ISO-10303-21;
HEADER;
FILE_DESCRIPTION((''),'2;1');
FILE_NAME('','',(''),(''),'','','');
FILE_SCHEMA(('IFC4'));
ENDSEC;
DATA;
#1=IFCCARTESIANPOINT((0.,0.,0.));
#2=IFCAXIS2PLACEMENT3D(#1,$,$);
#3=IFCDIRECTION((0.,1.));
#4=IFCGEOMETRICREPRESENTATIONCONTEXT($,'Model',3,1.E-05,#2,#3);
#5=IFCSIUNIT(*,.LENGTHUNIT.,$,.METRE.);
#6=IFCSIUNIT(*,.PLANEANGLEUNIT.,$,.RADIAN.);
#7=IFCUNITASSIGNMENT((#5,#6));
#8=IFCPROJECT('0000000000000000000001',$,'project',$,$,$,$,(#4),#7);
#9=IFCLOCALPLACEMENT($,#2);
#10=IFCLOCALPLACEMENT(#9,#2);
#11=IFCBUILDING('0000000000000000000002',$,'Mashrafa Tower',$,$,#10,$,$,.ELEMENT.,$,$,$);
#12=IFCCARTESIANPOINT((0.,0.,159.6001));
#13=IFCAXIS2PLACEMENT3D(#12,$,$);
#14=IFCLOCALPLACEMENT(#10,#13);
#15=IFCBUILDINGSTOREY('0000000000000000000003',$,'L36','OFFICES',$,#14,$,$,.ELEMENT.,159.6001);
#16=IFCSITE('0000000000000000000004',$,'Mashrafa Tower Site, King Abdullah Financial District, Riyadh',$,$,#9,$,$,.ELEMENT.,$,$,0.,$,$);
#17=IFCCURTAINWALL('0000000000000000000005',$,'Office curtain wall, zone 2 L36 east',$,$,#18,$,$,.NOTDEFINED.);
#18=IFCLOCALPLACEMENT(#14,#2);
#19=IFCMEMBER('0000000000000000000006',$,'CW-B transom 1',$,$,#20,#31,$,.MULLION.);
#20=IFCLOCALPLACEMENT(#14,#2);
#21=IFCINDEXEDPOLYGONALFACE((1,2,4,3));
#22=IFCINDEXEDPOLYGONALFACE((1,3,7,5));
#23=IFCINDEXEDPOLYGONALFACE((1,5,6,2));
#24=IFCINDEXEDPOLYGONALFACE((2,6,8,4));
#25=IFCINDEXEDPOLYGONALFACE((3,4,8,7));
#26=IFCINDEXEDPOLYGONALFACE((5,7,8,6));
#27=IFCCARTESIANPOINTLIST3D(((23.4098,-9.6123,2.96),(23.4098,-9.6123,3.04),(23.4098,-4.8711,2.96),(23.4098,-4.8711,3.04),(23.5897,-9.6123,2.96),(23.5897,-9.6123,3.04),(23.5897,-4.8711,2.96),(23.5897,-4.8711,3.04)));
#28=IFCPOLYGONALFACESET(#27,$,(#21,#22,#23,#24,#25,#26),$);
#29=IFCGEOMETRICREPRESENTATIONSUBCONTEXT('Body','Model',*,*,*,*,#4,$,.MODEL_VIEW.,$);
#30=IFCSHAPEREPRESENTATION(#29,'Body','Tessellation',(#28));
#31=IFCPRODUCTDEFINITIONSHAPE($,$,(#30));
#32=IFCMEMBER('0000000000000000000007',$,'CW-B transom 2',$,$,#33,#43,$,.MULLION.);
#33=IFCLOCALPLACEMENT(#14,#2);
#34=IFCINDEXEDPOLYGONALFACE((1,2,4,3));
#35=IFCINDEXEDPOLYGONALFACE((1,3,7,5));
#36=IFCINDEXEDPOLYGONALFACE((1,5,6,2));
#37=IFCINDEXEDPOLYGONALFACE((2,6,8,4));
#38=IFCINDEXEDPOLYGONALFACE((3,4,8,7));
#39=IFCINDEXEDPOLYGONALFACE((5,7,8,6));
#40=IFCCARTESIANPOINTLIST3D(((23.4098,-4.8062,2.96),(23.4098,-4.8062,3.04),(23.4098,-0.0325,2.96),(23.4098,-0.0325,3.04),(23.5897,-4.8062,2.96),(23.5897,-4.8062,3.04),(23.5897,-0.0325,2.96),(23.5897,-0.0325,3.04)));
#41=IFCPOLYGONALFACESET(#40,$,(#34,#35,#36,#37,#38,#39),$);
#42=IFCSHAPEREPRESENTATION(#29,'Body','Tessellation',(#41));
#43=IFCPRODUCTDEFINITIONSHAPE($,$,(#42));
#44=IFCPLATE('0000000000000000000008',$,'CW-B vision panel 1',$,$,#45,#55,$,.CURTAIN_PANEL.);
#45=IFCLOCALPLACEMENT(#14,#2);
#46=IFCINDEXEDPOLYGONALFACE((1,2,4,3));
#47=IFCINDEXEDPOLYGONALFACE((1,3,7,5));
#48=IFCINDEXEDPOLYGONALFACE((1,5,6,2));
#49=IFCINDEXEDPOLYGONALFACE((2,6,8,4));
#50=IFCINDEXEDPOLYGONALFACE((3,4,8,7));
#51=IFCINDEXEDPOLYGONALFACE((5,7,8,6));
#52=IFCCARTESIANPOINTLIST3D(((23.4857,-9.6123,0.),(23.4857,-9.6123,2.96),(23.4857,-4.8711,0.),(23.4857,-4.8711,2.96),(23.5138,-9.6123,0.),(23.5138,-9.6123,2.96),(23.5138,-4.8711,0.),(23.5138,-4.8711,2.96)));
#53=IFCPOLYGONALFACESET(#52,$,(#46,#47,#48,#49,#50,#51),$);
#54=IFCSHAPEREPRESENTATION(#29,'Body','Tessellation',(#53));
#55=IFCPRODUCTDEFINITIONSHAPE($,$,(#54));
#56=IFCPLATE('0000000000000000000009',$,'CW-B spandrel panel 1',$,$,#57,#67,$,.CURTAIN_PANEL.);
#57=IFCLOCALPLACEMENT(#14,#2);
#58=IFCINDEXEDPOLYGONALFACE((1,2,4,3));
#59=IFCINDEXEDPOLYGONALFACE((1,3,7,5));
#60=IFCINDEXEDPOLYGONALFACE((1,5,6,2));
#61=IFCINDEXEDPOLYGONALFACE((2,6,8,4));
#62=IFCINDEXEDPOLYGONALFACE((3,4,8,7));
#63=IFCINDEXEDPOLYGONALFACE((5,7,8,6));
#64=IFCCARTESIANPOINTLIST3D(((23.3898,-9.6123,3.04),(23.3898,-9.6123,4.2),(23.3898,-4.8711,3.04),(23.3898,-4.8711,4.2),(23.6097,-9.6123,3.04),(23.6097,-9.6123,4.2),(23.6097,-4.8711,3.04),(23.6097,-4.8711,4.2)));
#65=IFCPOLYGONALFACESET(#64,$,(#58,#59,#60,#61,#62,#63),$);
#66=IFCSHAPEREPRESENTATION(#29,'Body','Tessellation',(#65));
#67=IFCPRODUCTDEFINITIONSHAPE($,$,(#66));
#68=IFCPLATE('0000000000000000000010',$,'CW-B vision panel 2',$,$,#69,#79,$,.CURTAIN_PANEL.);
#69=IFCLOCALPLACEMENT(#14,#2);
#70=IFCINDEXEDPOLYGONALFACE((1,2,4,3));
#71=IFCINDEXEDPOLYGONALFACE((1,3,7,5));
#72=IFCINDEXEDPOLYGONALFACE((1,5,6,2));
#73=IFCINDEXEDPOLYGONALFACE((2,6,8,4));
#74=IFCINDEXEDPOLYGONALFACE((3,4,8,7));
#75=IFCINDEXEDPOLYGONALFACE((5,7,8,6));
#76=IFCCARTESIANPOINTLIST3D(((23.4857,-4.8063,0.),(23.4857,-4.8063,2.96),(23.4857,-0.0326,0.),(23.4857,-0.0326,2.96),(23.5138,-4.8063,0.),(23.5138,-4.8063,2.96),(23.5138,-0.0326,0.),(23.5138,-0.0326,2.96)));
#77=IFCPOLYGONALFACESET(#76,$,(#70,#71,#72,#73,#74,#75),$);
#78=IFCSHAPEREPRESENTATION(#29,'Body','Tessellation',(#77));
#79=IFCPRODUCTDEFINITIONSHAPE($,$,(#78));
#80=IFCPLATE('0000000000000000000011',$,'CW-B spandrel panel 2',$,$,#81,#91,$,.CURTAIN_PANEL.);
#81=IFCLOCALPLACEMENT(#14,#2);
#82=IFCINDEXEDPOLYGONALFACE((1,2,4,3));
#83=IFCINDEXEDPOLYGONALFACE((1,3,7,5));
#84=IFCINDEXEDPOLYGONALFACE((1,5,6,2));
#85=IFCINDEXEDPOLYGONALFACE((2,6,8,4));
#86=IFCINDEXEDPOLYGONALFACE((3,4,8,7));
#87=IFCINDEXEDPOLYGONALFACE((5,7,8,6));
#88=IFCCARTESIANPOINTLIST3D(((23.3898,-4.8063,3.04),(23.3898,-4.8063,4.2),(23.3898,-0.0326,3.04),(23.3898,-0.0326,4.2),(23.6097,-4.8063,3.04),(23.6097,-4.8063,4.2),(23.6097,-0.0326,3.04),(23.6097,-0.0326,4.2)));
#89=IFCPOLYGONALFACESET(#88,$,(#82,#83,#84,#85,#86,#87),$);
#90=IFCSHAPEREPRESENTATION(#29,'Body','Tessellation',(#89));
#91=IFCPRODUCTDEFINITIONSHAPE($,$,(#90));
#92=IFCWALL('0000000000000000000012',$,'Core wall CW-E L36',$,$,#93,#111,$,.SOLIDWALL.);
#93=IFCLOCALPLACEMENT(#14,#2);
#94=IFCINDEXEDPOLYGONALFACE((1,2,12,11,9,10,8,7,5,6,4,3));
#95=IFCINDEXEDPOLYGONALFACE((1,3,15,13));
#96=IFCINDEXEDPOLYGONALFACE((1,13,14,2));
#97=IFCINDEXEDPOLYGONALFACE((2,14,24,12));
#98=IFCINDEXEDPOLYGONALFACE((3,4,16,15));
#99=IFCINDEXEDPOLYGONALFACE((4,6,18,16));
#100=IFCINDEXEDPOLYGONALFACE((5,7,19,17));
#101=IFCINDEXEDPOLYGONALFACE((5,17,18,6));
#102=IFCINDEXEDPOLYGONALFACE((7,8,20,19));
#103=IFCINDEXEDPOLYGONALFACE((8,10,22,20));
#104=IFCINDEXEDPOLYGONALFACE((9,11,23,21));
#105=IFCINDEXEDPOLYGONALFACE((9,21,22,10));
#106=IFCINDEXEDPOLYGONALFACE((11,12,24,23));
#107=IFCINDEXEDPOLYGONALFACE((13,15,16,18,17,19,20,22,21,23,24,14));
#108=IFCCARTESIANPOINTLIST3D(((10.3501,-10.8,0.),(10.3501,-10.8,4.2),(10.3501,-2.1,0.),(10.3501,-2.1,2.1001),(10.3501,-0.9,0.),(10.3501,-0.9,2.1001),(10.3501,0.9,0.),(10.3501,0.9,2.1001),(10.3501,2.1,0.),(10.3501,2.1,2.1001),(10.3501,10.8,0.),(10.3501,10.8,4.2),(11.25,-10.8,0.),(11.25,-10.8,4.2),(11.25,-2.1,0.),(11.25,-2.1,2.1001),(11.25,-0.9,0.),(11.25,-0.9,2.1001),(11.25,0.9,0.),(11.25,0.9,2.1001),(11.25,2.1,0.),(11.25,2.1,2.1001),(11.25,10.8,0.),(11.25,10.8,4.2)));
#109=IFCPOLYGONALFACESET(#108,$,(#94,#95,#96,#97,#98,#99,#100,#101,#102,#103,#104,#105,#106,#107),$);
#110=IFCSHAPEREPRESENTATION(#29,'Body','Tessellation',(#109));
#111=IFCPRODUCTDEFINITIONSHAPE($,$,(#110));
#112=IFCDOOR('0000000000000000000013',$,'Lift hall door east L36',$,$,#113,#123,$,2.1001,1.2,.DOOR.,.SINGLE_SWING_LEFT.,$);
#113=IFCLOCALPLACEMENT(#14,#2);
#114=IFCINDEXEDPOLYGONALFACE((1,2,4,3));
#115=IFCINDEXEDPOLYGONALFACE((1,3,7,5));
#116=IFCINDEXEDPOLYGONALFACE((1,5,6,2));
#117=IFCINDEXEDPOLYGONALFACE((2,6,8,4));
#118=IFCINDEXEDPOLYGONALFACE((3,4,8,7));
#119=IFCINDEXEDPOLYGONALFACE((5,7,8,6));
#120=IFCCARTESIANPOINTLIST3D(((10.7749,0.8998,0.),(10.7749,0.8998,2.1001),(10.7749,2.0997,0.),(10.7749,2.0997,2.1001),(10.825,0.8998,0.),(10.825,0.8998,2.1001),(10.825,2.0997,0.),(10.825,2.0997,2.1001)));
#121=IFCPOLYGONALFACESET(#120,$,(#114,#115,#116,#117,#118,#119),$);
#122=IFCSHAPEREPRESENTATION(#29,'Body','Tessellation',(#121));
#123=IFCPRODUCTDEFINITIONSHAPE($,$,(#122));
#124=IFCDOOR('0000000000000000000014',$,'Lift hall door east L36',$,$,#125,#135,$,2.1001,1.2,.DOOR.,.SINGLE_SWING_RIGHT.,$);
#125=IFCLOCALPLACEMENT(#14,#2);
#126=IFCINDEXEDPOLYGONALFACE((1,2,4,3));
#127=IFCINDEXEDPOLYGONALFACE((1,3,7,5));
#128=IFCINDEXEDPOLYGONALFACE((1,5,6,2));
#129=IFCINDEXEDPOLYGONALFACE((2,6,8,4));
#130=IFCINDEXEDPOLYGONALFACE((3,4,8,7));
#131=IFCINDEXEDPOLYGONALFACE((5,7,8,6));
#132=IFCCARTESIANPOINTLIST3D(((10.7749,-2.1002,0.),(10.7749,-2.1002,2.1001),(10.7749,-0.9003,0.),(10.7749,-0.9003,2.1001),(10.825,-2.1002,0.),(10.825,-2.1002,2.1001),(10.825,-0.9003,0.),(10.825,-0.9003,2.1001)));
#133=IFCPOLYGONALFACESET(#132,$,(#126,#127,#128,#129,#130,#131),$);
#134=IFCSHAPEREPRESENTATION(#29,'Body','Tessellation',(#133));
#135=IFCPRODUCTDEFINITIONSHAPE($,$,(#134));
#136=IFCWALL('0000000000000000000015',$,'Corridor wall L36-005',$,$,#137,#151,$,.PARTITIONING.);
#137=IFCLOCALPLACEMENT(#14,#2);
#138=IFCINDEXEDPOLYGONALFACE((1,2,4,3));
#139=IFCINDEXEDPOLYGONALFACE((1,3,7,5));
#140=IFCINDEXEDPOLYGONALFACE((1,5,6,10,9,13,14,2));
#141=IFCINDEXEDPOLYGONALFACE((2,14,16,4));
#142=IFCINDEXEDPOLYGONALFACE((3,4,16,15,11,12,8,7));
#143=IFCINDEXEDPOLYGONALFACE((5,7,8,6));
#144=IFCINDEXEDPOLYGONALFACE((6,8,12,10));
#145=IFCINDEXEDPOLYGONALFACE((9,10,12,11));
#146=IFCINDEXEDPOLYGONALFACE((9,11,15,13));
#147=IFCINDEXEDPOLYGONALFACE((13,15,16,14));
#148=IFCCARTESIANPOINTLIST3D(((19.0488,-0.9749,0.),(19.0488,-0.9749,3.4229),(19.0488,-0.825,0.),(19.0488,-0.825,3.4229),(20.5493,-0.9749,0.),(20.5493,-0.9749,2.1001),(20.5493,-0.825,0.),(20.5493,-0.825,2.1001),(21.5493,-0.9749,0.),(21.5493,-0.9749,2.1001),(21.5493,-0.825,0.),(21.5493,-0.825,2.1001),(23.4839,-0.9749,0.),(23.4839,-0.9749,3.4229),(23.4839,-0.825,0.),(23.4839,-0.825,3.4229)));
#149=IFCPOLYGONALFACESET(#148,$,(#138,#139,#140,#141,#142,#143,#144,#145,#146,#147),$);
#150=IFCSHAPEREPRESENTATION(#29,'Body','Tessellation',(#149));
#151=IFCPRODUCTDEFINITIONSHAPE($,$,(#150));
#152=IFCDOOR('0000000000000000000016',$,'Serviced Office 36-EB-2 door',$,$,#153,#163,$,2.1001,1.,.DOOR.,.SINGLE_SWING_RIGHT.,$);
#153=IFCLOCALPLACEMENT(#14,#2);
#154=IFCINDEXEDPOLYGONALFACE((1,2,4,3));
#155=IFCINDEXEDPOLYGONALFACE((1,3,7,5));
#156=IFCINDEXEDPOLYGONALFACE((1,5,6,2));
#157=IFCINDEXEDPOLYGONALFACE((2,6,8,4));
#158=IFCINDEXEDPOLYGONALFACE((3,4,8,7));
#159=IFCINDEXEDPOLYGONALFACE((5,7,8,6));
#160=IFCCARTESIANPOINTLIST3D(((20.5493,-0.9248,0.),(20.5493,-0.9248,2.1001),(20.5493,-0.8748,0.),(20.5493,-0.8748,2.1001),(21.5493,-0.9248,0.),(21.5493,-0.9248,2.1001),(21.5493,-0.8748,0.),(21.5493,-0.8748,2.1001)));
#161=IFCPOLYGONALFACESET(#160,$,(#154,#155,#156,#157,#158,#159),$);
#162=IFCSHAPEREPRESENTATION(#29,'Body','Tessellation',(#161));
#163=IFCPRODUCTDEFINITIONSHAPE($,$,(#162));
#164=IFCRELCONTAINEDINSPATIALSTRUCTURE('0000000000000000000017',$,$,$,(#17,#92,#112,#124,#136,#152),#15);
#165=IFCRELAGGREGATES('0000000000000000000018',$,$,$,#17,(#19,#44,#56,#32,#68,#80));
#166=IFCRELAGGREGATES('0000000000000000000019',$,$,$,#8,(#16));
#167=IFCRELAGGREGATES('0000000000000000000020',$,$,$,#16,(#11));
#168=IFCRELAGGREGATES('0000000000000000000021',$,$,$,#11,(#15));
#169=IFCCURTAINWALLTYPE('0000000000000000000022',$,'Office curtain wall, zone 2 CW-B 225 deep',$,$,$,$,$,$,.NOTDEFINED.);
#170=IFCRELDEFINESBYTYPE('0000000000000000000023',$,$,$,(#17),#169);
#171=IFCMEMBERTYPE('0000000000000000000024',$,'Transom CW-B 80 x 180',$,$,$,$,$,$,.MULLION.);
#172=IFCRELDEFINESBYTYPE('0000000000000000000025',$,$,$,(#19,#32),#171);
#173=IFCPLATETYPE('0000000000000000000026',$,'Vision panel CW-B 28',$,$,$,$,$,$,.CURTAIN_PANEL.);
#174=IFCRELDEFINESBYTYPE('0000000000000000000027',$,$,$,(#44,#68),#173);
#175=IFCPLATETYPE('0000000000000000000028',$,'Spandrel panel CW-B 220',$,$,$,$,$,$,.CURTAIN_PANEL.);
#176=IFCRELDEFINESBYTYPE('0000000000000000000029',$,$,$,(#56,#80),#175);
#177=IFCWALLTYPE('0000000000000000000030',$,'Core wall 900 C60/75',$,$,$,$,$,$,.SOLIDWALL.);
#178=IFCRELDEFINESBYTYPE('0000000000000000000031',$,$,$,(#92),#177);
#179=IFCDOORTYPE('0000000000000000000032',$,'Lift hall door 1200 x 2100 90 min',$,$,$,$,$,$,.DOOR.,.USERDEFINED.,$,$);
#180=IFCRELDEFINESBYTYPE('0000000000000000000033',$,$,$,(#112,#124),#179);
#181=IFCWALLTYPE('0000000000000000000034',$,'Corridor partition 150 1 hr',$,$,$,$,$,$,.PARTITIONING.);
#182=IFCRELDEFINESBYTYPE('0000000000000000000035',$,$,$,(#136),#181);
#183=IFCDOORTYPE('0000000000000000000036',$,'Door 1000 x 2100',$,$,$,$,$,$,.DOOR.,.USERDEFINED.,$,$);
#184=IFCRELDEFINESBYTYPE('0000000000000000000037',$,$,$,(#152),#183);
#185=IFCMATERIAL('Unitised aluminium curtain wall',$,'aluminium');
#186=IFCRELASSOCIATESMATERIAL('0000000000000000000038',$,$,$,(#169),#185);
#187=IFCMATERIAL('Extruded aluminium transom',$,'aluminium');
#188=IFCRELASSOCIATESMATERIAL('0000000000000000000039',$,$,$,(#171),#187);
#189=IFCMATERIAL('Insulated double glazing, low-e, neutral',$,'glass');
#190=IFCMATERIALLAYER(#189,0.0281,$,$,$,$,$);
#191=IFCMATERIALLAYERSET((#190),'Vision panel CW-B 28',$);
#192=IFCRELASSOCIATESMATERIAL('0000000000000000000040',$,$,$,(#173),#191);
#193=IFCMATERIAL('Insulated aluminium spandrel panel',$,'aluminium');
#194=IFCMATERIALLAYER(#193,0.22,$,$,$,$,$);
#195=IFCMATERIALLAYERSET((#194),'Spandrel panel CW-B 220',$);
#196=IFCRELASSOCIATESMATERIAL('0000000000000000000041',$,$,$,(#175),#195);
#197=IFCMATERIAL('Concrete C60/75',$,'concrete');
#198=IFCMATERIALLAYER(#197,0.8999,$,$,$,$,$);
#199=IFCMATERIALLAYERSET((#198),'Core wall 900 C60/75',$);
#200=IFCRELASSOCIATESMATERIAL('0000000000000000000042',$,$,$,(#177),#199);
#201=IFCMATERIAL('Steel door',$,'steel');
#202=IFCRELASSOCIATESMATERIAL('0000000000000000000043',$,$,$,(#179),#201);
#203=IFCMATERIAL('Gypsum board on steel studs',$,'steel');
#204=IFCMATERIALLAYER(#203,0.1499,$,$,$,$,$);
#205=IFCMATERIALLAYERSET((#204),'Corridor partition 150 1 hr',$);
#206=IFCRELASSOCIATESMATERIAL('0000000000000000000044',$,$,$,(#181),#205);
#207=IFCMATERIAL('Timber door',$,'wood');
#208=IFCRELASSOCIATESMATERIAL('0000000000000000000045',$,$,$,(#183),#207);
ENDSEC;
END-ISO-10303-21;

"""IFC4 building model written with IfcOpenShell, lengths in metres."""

from ifc_helpers import new_model, si_unit, direction, frame, frame_2d, origin, origin_2d, place, context, subcontext, project, spatial, rectangle, extrude, source, transform, mapped, material, layer, layer_set, material_profile, profile_set, type_object, type_shapes, element, fill, aggregate, save


model = new_model("IFC4")

# Units and contexts
model_context = context("Model", 3, precision=1e-05, world=origin(), true_north=direction((0.0, 1.0)))
body_context = subcontext(model_context, "Body", "Model", "MODEL_VIEW")
ifc_project = project(units=[si_unit("LENGTHUNIT", "METRE"), si_unit("PLANEANGLEUNIT", "RADIAN")], contexts=[model_context])

# Site, building, storey
site_placement = place(None, origin())
site = spatial("IfcSite", under=ifc_project, at=site_placement, Name="Mashrafa Tower Site, King Abdullah Financial District, Riyadh", CompositionType="ELEMENT", RefElevation=0.0)
building_placement = place(site_placement, origin())
building = spatial("IfcBuilding", under=site, at=building_placement, Name="Mashrafa Tower", CompositionType="ELEMENT")
storey_placement = place(building_placement, frame((0.0, 0.0, 159.6001)))
storey = spatial("IfcBuildingStorey", under=building, at=storey_placement, Name="L36", Description="OFFICES", CompositionType="ELEMENT", Elevation=159.6001)

# Curtain wall
ifc_material_1 = material(Name="Unitised aluminium curtain wall", Category="aluminium")
curtain_wall_type = type_object("IfcCurtainWallType", Name="Office curtain wall, zone 2 CW-B 225 deep", PredefinedType="NOTDEFINED", material=ifc_material_1)
curtain_wall_1_placement = place(storey_placement, origin())
curtain_wall_1 = element("IfcCurtainWall", 1, at=curtain_wall_1_placement, inside=storey, type_object=curtain_wall_type, Name="Office curtain wall, zone 2 L36 east", PredefinedType="NOTDEFINED")

# Members
ifc_material_2 = material(Name="Extruded aluminium transom", Category="aluminium")
ifc_material_profile_1 = material_profile(ifc_material_2, rectangle(XDim=0.1799, YDim=0.0801, at=origin_2d()), Name="Transom 80x180")
ifc_profile_set_1 = profile_set([ifc_material_profile_1], Name="Extruded aluminium transom")
member_type_1 = type_object("IfcMemberType", Name="Transom CW-B 80 x 180", PredefinedType="MULLION", material=ifc_profile_set_1)
shared_shape_1 = source(origin(), body_context, "Body", "SweptSolid", [
    extrude(rectangle(XDim=0.1799, YDim=0.0801, at=origin_2d()), origin(), (0.0, 0.0, 1.0), 4.7412),
])
member_1_placement = place(storey_placement, frame((23.4998, -9.6123, 3.0), z_axis=(0.0, 1.0, 0.0), x_axis=(-1.0, 0.0, 0.0)))
member_1 = element("IfcMember", 2, at=member_1_placement, type_object=member_type_1, Name="CW-B transom 1", PredefinedType="MULLION", context=body_context, shape_type="MappedRepresentation", body=[
    mapped(shared_shape_1, transform((0.0, 0.0, 0.0))),
])
shared_shape_2 = source(origin(), body_context, "Body", "SweptSolid", [
    extrude(rectangle(XDim=0.1799, YDim=0.0801, at=origin_2d()), origin(), (0.0, 0.0, 1.0), 4.7737),
])
type_shapes(member_type_1, [shared_shape_1, shared_shape_2])
member_2_placement = place(storey_placement, frame((23.4998, -4.8062, 3.0), z_axis=(0.0, 1.0, 0.0), x_axis=(-1.0, 0.0, 0.0)))
member_2 = element("IfcMember", 3, at=member_2_placement, type_object=member_type_1, Name="CW-B transom 2", PredefinedType="MULLION", context=body_context, shape_type="MappedRepresentation", body=[
    mapped(shared_shape_2, transform((0.0, 0.0, 0.0))),
])

# Plates
ifc_material_3 = material(Name="Insulated double glazing, low-e, neutral", Category="glass")
ifc_layer_1 = layer(ifc_material_3, 0.0281)
ifc_layer_set_1 = layer_set([ifc_layer_1], Name="Vision panel CW-B 28")
plate_type_1 = type_object("IfcPlateType", Name="Vision panel CW-B 28", PredefinedType="CURTAIN_PANEL", material=ifc_layer_set_1)
shared_shape_3 = source(origin(), body_context, "Body", "SweptSolid", [
    extrude(rectangle(XDim=4.7412, YDim=0.0281, at=origin_2d()), origin(), (0.0, 0.0, 1.0), 2.96),
])
plate_1_placement = place(storey_placement, frame((23.4998, -7.2417, 0.0), z_axis=(0.0, 0.0, 1.0), x_axis=(0.0, 1.0, 0.0)))
plate_1 = element("IfcPlate", 4, at=plate_1_placement, type_object=plate_type_1, Name="CW-B vision panel 1", PredefinedType="CURTAIN_PANEL", context=body_context, shape_type="MappedRepresentation", body=[
    mapped(shared_shape_3, transform((0.0, 0.0, 0.0))),
])
ifc_material_4 = material(Name="Insulated aluminium spandrel panel", Category="aluminium")
ifc_layer_2 = layer(ifc_material_4, 0.22)
ifc_layer_set_2 = layer_set([ifc_layer_2], Name="Spandrel panel CW-B 220")
plate_type_2 = type_object("IfcPlateType", Name="Spandrel panel CW-B 220", PredefinedType="CURTAIN_PANEL", material=ifc_layer_set_2)
shared_shape_4 = source(origin(), body_context, "Body", "SweptSolid", [
    extrude(rectangle(XDim=4.7412, YDim=0.22, at=origin_2d()), origin(), (0.0, 0.0, 1.0), 1.1599),
])
plate_2_placement = place(storey_placement, frame((23.4998, -7.2417, 3.04), z_axis=(0.0, 0.0, 1.0), x_axis=(0.0, 1.0, 0.0)))
plate_2 = element("IfcPlate", 5, at=plate_2_placement, type_object=plate_type_2, Name="CW-B spandrel panel 1", PredefinedType="CURTAIN_PANEL", context=body_context, shape_type="MappedRepresentation", body=[
    mapped(shared_shape_4, transform((0.0, 0.0, 0.0))),
])
shared_shape_5 = source(origin(), body_context, "Body", "SweptSolid", [
    extrude(rectangle(XDim=4.7737, YDim=0.0281, at=origin_2d()), origin(), (0.0, 0.0, 1.0), 2.96),
])
type_shapes(plate_type_1, [shared_shape_3, shared_shape_5])
plate_3_placement = place(storey_placement, frame((23.4998, -2.4194, 0.0), z_axis=(0.0, 0.0, 1.0), x_axis=(0.0, 1.0, 0.0)))
plate_3 = element("IfcPlate", 6, at=plate_3_placement, type_object=plate_type_1, Name="CW-B vision panel 2", PredefinedType="CURTAIN_PANEL", context=body_context, shape_type="MappedRepresentation", body=[
    mapped(shared_shape_5, transform((0.0, 0.0, 0.0))),
])
shared_shape_6 = source(origin(), body_context, "Body", "SweptSolid", [
    extrude(rectangle(XDim=4.7737, YDim=0.22, at=origin_2d()), origin(), (0.0, 0.0, 1.0), 1.1599),
])
type_shapes(plate_type_2, [shared_shape_4, shared_shape_6])
plate_4_placement = place(storey_placement, frame((23.4998, -2.4194, 3.04), z_axis=(0.0, 0.0, 1.0), x_axis=(0.0, 1.0, 0.0)))
plate_4 = element("IfcPlate", 7, at=plate_4_placement, type_object=plate_type_2, Name="CW-B spandrel panel 2", PredefinedType="CURTAIN_PANEL", context=body_context, shape_type="MappedRepresentation", body=[
    mapped(shared_shape_6, transform((0.0, 0.0, 0.0))),
])
aggregate(curtain_wall_1, [member_1, plate_1, plate_2, member_2, plate_3, plate_4])

# Wall, openings, doors
ifc_material_5 = material(Name="Concrete C60/75", Category="concrete")
ifc_layer_3 = layer(ifc_material_5, 0.8999)
ifc_layer_set_3 = layer_set([ifc_layer_3], Name="Core wall 900 C60/75")
wall_type_1 = type_object("IfcWallType", Name="Core wall 900 C60/75", PredefinedType="SOLIDWALL", material=ifc_layer_set_3)
wall_1_placement = place(storey_placement, frame((10.8, -10.8, 0.0), z_axis=(0.0, 0.0, 1.0), x_axis=(0.0, 1.0, 0.0)))
wall_1 = element("IfcWall", 8, at=wall_1_placement, inside=storey, type_object=wall_type_1, Name="Core wall CW-E L36", PredefinedType="SOLIDWALL", context=body_context, shape_type="SweptSolid", body=[
    extrude(rectangle(XDim=21.6001, YDim=0.8999, at=frame_2d((10.8, 0.0))), origin(), (0.0, 0.0, 1.0), 4.2),
])
opening_1_placement = place(wall_1_placement, frame((11.7, 0.0, 0.0)))
opening_1 = element("IfcOpeningElement", 9, at=opening_1_placement, cuts=wall_1, PredefinedType="OPENING", context=body_context, shape_type="SweptSolid", body=[
    extrude(rectangle(XDim=1.2, YDim=2.1001, at=frame_2d((0.6001, 1.05))), frame((0.0, 0.46, 0.0), z_axis=(0.0, -1.0, 0.0), x_axis=(1.0, 0.0, 0.0)), (0.0, 0.0, 1.0), 0.9199),
])
opening_2_placement = place(wall_1_placement, frame((8.7, 0.0, 0.0)))
opening_2 = element("IfcOpeningElement", 10, at=opening_2_placement, cuts=wall_1, PredefinedType="OPENING", context=body_context, shape_type="SweptSolid", body=[
    extrude(rectangle(XDim=1.2, YDim=2.1001, at=frame_2d((0.6001, 1.05))), frame((0.0, 0.46, 0.0), z_axis=(0.0, -1.0, 0.0), x_axis=(1.0, 0.0, 0.0)), (0.0, 0.0, 1.0), 0.9199),
])
ifc_material_6 = material(Name="Steel door", Category="steel")
door_type_1 = type_object("IfcDoorType", Name="Lift hall door 1200 x 2100 90 min", OperationType="USERDEFINED", PredefinedType="DOOR", material=ifc_material_6)
door_1_placement = place(opening_1_placement, frame((1.2, 0.0, 0.0), z_axis=(0.0, 0.0, 1.0), x_axis=(-1.0, 0.0, 0.0)))
door_1 = element("IfcDoor", 11, at=door_1_placement, inside=storey, type_object=door_type_1, Name="Lift hall door east L36", OperationType="SINGLE_SWING_LEFT", OverallHeight=2.1001, OverallWidth=1.2, PredefinedType="DOOR", context=body_context, shape_type="SweptSolid", body=[
    extrude(rectangle(XDim=1.2, YDim=2.1001, at=frame_2d((0.6001, 1.05))), frame((0.0, 0.0249, 0.0), z_axis=(0.0, -1.0, 0.0), x_axis=(1.0, 0.0, 0.0)), (0.0, 0.0, 1.0), 0.05),
])
fill(opening_1, door_1)
door_2_placement = place(opening_2_placement, frame((1.2, 0.0, 0.0), z_axis=(0.0, 0.0, 1.0), x_axis=(-1.0, 0.0, 0.0)))
door_2 = element("IfcDoor", 12, at=door_2_placement, inside=storey, type_object=door_type_1, Name="Lift hall door east L36", OperationType="SINGLE_SWING_RIGHT", OverallHeight=2.1001, OverallWidth=1.2, PredefinedType="DOOR", context=body_context, shape_type="SweptSolid", body=[
    extrude(rectangle(XDim=1.2, YDim=2.1001, at=frame_2d((0.6001, 1.05))), frame((0.0, 0.0249, 0.0), z_axis=(0.0, -1.0, 0.0), x_axis=(1.0, 0.0, 0.0)), (0.0, 0.0, 1.0), 0.05),
])
fill(opening_2, door_2)

# Wall, opening, door
ifc_material_7 = material(Name="Gypsum board on steel studs", Category="steel")
ifc_layer_4 = layer(ifc_material_7, 0.1499)
ifc_layer_set_4 = layer_set([ifc_layer_4], Name="Corridor partition 150 1 hr")
wall_type_2 = type_object("IfcWallType", Name="Corridor partition 150 1 hr", PredefinedType="PARTITIONING", material=ifc_layer_set_4)
wall_2_placement = place(storey_placement, frame((19.0488, -0.8999, 0.0), z_axis=(0.0, 0.0, 1.0), x_axis=(1.0, 0.0, 0.0)))
wall_2 = element("IfcWall", 13, at=wall_2_placement, inside=storey, type_object=wall_type_2, Name="Corridor wall L36-005", PredefinedType="PARTITIONING", context=body_context, shape_type="SweptSolid", body=[
    extrude(rectangle(XDim=4.4351, YDim=0.1499, at=frame_2d((2.2175, 0.0))), origin(), (0.0, 0.0, 1.0), 3.4229),
])
opening_3_placement = place(wall_2_placement, frame((1.5005, 0.0, 0.0)))
opening_3 = element("IfcOpeningElement", 14, at=opening_3_placement, cuts=wall_2, PredefinedType="OPENING", context=body_context, shape_type="SweptSolid", body=[
    extrude(rectangle(XDim=1.0, YDim=2.1001, at=frame_2d((0.5, 1.05))), frame((0.0, 0.085, 0.0), z_axis=(0.0, -1.0, 0.0), x_axis=(1.0, 0.0, 0.0)), (0.0, 0.0, 1.0), 0.1699),
])
ifc_material_8 = material(Name="Timber door", Category="wood")
door_type_2 = type_object("IfcDoorType", Name="Door 1000 x 2100", OperationType="USERDEFINED", PredefinedType="DOOR", material=ifc_material_8)
door_3_placement = place(opening_3_placement, frame((1.0, 0.0, 0.0), z_axis=(0.0, 0.0, 1.0), x_axis=(-1.0, 0.0, 0.0)))
door_3 = element("IfcDoor", 15, at=door_3_placement, inside=storey, type_object=door_type_2, Name="Serviced Office 36-EB-2 door", OperationType="SINGLE_SWING_RIGHT", OverallHeight=2.1001, OverallWidth=1.0, PredefinedType="DOOR", context=body_context, shape_type="SweptSolid", body=[
    extrude(rectangle(XDim=1.0, YDim=2.1001, at=frame_2d((0.5, 1.05))), frame((0.0, 0.0249, 0.0), z_axis=(0.0, -1.0, 0.0), x_axis=(1.0, 0.0, 0.0)), (0.0, 0.0, 1.0), 0.05),
])
fill(opening_3, door_3)

save(model, "model.ifc")
